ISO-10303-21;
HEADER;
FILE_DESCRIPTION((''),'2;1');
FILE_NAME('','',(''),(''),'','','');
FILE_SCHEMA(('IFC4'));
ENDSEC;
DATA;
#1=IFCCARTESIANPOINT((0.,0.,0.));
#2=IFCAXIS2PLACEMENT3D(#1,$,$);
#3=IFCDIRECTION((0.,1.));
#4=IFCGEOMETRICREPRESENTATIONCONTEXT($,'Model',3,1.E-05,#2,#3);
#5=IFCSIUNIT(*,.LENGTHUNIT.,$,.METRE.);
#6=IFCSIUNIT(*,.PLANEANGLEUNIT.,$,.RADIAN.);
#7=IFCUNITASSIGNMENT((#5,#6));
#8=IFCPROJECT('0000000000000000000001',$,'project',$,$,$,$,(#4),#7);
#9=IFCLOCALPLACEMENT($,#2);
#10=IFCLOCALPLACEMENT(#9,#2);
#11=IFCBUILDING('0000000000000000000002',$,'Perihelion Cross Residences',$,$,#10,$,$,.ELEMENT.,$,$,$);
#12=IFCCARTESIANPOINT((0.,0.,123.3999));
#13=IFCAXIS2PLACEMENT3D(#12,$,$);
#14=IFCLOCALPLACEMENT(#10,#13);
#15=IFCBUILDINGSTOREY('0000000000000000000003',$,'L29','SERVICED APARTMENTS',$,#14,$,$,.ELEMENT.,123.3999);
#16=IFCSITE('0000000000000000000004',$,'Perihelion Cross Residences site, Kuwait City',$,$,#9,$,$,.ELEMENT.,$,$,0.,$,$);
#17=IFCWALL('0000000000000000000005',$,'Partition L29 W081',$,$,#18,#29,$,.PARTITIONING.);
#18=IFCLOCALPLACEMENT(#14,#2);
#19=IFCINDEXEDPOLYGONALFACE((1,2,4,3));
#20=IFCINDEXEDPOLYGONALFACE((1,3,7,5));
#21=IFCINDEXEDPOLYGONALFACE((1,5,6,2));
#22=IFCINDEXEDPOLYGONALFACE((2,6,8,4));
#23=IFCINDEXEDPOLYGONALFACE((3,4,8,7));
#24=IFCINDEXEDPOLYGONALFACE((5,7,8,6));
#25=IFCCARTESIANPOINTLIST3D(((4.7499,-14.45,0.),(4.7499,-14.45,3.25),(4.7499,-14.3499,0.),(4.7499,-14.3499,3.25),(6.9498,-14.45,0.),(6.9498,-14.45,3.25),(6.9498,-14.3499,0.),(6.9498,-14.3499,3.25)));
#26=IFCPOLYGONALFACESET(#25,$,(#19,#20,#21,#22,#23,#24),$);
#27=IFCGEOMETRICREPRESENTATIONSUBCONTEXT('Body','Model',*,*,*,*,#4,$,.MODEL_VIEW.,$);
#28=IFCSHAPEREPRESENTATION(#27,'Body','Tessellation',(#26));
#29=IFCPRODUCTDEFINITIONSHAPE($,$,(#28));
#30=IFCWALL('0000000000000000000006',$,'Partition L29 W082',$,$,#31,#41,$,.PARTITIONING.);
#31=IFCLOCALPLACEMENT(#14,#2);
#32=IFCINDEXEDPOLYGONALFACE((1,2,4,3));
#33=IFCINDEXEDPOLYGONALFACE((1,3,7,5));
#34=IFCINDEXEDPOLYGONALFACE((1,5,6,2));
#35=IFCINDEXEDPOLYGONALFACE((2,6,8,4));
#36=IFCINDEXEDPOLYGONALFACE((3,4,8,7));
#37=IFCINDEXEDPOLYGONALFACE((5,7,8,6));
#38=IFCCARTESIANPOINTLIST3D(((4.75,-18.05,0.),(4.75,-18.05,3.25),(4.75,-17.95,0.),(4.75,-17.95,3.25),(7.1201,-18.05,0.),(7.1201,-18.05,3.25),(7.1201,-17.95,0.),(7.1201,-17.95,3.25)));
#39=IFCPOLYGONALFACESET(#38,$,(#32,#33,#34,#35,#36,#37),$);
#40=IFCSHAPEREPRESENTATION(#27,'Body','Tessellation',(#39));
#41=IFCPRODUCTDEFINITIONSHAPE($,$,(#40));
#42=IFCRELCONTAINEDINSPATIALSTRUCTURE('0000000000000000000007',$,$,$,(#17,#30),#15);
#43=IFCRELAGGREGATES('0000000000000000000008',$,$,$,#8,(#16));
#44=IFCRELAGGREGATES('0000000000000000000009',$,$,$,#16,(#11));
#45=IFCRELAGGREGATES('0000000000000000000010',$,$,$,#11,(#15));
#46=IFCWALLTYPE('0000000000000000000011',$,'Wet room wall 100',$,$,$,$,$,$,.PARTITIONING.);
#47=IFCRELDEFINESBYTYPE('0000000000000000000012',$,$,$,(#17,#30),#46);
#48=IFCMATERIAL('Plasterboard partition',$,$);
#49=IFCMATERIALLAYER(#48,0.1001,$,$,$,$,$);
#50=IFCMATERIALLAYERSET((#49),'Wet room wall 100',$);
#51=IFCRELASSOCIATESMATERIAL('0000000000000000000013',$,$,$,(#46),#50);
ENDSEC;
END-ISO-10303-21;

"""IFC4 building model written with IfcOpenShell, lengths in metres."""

from ifc_helpers import new_model, si_unit, direction, frame, frame_2d, origin, place, context, subcontext, project, spatial, rectangle, extrude, material, layer, layer_set, type_object, element, save


model = new_model("IFC4")

# Units and contexts
model_context = context("Model", 3, precision=1e-05, world=origin(), true_north=direction((0.0, 1.0)))
body_context = subcontext(model_context, "Body", "Model", "MODEL_VIEW")
ifc_project = project(units=[si_unit("LENGTHUNIT", "METRE"), si_unit("PLANEANGLEUNIT", "RADIAN")], contexts=[model_context])

# Site, building, storey
site_placement = place(None, origin())
site = spatial("IfcSite", under=ifc_project, at=site_placement, Name="Perihelion Cross Residences site, Kuwait City", CompositionType="ELEMENT", RefElevation=0.0)
building_placement = place(site_placement, origin())
building = spatial("IfcBuilding", under=site, at=building_placement, Name="Perihelion Cross Residences", CompositionType="ELEMENT")
storey_placement = place(building_placement, frame((0.0, 0.0, 123.3999)))
storey = spatial("IfcBuildingStorey", under=building, at=storey_placement, Name="L29", Description="SERVICED APARTMENTS", CompositionType="ELEMENT", Elevation=123.3999)

# Shared definitions
ifc_material_1 = material(Name="Plasterboard partition")
ifc_layer_1 = layer(ifc_material_1, 0.1001)
ifc_layer_set_1 = layer_set([ifc_layer_1], Name="Wet room wall 100")
wall_type_1 = type_object("IfcWallType", Name="Wet room wall 100", PredefinedType="PARTITIONING", material=ifc_layer_set_1)

# Walls
wall_1_placement = place(storey_placement, frame((6.95, -14.3999, 0.0), z_axis=(0.0, 0.0, 1.0), x_axis=(-1.0, 0.0, 0.0)))
element("IfcWall", 1, at=wall_1_placement, inside=storey, type_object=wall_type_1, Name="Partition L29 W081", PredefinedType="PARTITIONING", context=body_context, shape_type="SweptSolid", body=[
    extrude(rectangle(XDim=2.2, YDim=0.1001, at=frame_2d((1.1001, 0.0))), origin(), (0.0, 0.0, 1.0), 3.25),
])
wall_2_placement = place(storey_placement, frame((7.1201, -18.0, 0.0), z_axis=(0.0, 0.0, 1.0), x_axis=(-1.0, 0.0, 0.0)))
element("IfcWall", 2, at=wall_2_placement, inside=storey, type_object=wall_type_1, Name="Partition L29 W082", PredefinedType="PARTITIONING", context=body_context, shape_type="SweptSolid", body=[
    extrude(rectangle(XDim=2.3701, YDim=0.1001, at=frame_2d((1.1851, 0.0))), origin(), (0.0, 0.0, 1.0), 3.25),
])

save(model, "model.ifc")
